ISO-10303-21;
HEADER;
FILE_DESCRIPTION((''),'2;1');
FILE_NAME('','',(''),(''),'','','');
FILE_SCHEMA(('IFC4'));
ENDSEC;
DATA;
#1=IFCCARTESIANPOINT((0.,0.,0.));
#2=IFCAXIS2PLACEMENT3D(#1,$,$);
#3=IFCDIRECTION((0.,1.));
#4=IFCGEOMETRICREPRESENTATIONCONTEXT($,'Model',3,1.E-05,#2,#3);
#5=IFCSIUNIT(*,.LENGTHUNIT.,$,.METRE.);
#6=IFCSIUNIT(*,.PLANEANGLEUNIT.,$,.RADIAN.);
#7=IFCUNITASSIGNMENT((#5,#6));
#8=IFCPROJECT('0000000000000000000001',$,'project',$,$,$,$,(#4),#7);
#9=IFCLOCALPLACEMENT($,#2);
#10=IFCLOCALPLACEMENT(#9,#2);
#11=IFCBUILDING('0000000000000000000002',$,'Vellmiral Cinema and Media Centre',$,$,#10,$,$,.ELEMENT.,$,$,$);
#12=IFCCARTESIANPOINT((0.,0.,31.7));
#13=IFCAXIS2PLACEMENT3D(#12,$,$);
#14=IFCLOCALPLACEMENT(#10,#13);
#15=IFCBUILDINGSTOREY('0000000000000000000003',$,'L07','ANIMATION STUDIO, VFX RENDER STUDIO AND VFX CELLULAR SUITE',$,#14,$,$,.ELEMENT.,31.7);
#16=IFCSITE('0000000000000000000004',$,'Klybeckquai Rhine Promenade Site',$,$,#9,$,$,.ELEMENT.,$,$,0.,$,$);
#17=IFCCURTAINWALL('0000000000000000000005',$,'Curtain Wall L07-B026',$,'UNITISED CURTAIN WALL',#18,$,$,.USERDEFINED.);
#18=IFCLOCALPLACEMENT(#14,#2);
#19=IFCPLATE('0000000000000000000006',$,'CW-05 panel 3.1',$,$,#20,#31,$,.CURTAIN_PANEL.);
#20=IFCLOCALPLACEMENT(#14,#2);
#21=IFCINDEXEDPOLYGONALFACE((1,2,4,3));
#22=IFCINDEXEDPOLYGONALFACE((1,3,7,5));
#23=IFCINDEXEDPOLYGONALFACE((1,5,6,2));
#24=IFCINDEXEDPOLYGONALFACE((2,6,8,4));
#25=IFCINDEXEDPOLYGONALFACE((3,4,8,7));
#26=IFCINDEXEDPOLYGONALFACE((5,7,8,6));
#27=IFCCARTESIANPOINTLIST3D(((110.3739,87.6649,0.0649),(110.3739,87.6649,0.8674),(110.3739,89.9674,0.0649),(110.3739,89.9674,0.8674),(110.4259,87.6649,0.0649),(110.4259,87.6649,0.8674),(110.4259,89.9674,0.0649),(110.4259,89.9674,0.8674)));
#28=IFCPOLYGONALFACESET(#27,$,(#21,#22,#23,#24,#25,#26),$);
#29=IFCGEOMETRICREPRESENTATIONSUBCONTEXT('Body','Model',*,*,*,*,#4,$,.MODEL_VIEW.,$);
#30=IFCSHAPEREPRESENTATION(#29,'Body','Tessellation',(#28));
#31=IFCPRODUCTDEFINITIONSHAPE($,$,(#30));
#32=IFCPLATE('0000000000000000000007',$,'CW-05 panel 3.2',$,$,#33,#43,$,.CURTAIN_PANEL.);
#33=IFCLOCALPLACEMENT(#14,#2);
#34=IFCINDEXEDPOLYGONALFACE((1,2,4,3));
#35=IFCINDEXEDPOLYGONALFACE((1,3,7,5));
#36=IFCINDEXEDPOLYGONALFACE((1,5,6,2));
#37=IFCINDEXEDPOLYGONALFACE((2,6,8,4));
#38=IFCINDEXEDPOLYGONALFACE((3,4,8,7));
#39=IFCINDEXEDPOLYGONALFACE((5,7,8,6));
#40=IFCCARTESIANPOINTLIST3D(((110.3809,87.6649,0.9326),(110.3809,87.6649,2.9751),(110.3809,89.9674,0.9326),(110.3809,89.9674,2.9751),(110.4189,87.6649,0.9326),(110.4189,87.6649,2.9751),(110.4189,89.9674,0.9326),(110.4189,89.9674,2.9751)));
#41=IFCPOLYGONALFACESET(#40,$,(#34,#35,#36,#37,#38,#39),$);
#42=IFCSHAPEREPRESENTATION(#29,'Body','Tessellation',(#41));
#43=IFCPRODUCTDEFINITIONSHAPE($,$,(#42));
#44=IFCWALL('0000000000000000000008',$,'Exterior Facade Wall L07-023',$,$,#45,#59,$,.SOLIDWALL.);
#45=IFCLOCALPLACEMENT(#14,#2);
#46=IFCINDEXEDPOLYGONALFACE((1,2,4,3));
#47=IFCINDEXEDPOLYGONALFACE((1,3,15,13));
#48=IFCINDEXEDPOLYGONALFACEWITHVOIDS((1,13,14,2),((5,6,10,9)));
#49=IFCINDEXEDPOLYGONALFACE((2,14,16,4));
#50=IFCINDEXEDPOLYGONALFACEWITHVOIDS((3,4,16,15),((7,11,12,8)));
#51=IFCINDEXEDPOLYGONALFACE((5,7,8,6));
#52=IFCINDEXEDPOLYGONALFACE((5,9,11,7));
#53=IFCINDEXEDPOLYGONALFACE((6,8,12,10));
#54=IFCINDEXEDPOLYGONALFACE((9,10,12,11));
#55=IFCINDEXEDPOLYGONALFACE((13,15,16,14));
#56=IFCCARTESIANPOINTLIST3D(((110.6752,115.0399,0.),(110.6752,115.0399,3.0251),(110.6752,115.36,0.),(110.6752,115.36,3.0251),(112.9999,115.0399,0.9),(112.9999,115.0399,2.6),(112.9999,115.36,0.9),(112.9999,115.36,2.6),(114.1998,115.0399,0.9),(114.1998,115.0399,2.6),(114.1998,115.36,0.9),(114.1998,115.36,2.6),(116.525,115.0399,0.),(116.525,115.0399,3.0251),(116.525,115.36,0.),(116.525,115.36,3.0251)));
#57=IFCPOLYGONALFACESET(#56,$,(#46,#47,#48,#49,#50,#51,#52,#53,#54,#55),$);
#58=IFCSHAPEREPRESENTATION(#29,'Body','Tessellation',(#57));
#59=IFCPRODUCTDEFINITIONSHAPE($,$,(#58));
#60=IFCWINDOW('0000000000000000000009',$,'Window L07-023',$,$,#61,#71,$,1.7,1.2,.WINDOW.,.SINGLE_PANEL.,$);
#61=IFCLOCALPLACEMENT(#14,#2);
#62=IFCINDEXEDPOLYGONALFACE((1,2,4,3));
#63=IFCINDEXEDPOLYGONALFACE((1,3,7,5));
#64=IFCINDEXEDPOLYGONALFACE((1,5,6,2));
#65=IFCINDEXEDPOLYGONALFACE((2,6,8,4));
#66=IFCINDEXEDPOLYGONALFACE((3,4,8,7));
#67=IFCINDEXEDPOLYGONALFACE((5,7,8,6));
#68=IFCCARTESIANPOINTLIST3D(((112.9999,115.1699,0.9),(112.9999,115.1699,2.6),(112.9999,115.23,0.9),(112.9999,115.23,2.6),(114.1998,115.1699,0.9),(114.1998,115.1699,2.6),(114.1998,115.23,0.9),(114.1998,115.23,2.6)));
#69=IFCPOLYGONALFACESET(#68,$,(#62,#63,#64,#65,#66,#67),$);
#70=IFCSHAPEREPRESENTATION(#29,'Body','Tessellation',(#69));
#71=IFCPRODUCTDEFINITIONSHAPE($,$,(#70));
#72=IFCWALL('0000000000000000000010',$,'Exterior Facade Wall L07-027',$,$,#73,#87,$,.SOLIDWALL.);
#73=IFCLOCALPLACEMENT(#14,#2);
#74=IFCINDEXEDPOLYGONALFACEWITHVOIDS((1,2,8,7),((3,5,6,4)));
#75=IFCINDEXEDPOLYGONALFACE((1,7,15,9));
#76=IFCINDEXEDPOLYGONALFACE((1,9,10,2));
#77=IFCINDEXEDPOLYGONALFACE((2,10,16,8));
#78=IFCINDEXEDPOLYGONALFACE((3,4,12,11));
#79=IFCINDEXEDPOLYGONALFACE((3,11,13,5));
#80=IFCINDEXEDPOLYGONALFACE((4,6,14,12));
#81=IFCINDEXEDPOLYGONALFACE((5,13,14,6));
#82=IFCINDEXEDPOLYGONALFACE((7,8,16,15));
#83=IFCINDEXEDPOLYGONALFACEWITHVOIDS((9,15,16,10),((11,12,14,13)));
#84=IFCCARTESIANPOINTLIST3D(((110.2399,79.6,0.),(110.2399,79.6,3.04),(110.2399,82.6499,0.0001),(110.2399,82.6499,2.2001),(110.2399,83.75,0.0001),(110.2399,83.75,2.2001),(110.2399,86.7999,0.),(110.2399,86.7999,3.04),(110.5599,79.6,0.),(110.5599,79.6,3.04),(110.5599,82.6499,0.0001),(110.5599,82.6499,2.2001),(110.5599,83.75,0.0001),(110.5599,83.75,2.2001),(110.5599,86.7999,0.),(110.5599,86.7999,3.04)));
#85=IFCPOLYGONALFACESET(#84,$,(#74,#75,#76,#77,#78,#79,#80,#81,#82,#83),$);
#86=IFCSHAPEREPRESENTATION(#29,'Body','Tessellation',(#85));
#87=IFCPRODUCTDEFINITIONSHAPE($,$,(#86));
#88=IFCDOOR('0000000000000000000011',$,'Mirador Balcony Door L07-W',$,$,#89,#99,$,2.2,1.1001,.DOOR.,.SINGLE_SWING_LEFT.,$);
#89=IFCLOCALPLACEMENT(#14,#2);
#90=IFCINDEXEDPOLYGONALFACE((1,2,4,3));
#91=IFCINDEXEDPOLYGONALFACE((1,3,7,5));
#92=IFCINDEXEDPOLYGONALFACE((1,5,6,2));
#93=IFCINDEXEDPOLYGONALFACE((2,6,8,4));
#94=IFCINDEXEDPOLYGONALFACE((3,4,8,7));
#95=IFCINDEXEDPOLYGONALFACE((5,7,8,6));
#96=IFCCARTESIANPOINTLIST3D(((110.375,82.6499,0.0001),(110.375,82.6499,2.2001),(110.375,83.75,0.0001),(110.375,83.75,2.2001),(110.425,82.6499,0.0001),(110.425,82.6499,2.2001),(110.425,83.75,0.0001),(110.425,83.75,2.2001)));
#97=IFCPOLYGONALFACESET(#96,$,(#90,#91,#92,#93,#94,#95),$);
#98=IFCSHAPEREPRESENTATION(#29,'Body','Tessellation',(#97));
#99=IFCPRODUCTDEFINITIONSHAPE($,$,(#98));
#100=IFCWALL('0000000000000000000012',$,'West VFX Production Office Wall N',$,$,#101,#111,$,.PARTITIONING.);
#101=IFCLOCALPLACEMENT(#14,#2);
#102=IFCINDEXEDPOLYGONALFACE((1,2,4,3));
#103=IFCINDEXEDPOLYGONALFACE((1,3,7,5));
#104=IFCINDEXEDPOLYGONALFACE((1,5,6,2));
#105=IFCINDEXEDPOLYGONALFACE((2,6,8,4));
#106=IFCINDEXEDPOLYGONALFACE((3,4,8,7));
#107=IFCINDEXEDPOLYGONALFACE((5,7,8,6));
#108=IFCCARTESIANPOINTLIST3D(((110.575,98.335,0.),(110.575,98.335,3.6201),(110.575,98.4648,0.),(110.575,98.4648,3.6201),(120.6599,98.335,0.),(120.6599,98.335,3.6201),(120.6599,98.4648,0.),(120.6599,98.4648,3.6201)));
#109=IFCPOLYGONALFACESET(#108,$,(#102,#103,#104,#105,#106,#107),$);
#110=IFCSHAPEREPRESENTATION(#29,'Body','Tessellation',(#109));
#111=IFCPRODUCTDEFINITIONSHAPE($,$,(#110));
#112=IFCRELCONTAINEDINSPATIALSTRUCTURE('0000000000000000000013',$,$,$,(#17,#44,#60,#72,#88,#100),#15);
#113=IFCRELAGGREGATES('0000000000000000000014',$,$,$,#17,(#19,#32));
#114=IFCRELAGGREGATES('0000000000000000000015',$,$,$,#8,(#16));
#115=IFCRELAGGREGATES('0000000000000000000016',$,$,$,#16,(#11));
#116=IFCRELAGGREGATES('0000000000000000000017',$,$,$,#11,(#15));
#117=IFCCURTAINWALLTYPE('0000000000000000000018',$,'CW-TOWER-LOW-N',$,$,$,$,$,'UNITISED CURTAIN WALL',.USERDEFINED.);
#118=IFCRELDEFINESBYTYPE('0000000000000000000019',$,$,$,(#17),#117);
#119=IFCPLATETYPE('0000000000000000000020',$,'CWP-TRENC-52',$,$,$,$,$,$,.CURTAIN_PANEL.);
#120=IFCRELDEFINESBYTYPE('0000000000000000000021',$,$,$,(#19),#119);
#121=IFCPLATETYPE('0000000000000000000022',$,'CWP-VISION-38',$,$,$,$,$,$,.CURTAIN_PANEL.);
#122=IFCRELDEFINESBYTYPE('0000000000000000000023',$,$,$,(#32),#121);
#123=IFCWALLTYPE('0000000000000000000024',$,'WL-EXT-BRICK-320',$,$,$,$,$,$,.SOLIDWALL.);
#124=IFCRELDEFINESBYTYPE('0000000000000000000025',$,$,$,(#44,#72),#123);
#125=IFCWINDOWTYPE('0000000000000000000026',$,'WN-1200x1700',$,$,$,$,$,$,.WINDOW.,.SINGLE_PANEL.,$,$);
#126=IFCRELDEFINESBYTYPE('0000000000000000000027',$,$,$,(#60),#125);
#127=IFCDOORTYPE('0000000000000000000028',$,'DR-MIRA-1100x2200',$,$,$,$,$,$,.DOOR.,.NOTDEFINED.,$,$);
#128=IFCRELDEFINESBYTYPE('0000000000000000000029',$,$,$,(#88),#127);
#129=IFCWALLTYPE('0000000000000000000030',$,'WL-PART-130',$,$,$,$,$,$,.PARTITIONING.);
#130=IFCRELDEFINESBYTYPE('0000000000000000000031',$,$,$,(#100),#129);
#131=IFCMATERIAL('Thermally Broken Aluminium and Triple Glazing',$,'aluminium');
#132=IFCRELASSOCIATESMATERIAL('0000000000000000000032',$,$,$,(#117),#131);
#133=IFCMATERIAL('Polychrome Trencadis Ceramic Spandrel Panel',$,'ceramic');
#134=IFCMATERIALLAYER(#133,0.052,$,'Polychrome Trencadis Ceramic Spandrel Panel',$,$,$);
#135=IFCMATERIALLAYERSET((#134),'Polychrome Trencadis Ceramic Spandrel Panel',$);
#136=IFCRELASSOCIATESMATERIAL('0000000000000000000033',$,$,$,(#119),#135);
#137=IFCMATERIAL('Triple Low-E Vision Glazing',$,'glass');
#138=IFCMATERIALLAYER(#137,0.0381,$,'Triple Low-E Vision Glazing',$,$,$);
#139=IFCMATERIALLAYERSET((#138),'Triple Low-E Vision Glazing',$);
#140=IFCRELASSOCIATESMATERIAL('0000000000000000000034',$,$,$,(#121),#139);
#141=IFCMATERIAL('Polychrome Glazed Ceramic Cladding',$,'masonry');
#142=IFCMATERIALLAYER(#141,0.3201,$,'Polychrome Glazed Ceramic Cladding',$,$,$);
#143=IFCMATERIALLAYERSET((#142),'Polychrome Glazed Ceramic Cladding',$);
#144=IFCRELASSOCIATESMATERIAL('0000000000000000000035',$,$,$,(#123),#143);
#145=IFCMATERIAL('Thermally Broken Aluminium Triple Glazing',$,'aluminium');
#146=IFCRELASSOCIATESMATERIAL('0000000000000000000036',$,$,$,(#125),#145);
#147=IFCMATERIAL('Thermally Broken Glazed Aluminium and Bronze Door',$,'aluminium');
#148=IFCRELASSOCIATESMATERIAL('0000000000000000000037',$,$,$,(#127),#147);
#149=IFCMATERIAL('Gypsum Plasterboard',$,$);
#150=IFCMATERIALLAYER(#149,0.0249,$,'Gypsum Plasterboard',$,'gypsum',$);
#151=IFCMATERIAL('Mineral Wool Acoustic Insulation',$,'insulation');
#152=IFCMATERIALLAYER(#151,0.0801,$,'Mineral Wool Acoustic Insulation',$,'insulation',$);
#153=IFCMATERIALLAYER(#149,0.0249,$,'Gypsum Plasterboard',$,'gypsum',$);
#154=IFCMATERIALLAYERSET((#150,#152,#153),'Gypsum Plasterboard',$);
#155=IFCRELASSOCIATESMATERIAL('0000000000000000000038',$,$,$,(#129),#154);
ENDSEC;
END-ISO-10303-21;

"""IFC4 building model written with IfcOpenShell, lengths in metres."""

from ifc_helpers import new_model, si_unit, direction, frame, frame_2d, origin, origin_2d, place, context, subcontext, project, spatial, rectangle, extrude, material, layer, layer_set, type_object, element, fill, aggregate, save


model = new_model("IFC4")

# Units and contexts
model_context = context("Model", 3, precision=1e-05, world=origin(), true_north=direction((0.0, 1.0)))
body_context = subcontext(model_context, "Body", "Model", "MODEL_VIEW")
ifc_project = project(units=[si_unit("LENGTHUNIT", "METRE"), si_unit("PLANEANGLEUNIT", "RADIAN")], contexts=[model_context])

# Site, building, storey
site_placement = place(None, origin())
site = spatial("IfcSite", under=ifc_project, at=site_placement, Name="Klybeckquai Rhine Promenade Site", CompositionType="ELEMENT", RefElevation=0.0)
building_placement = place(site_placement, origin())
building = spatial("IfcBuilding", under=site, at=building_placement, Name="Vellmiral Cinema and Media Centre", CompositionType="ELEMENT")
storey_placement = place(building_placement, frame((0.0, 0.0, 31.7)))
storey = spatial("IfcBuildingStorey", under=building, at=storey_placement, Name="L07", Description="ANIMATION STUDIO, VFX RENDER STUDIO AND VFX CELLULAR SUITE", CompositionType="ELEMENT", Elevation=31.7)

# Shared definitions
ifc_material_1 = material(Name="Thermally Broken Aluminium and Triple Glazing", Category="aluminium")
curtain_wall_type_1 = type_object("IfcCurtainWallType", Name="CW-TOWER-LOW-N", ElementType="UNITISED CURTAIN WALL", PredefinedType="USERDEFINED", material=ifc_material_1)

# Curtain wall
curtain_wall_1_placement = place(storey_placement, origin())
curtain_wall_1 = element("IfcCurtainWall", 1, at=curtain_wall_1_placement, inside=storey, type_object=curtain_wall_type_1, Name="Curtain Wall L07-B026", ObjectType="UNITISED CURTAIN WALL", PredefinedType="USERDEFINED")

# Plates
ifc_material_2 = material(Name="Polychrome Trencadis Ceramic Spandrel Panel", Category="ceramic")
ifc_layer_1 = layer(ifc_material_2, 0.052, Name="Polychrome Trencadis Ceramic Spandrel Panel")
ifc_layer_set_1 = layer_set([ifc_layer_1], Name="Polychrome Trencadis Ceramic Spandrel Panel")
plate_type_1 = type_object("IfcPlateType", Name="CWP-TRENC-52", PredefinedType="CURTAIN_PANEL", material=ifc_layer_set_1)
plate_1_placement = place(storey_placement, frame((110.3999, 88.8162, 0.0649), z_axis=(0.0, 0.0, 1.0), x_axis=(0.0, -1.0, 0.0)))
plate_1 = element("IfcPlate", 2, at=plate_1_placement, type_object=plate_type_1, Name="CW-05 panel 3.1", PredefinedType="CURTAIN_PANEL", context=body_context, shape_type="SweptSolid", body=[
    extrude(rectangle(XDim=2.3025, YDim=0.052, at=origin_2d()), origin(), (0.0, 0.0, 1.0), 0.8025),
])
ifc_material_3 = material(Name="Triple Low-E Vision Glazing", Category="glass")
ifc_layer_2 = layer(ifc_material_3, 0.0381, Name="Triple Low-E Vision Glazing")
ifc_layer_set_2 = layer_set([ifc_layer_2], Name="Triple Low-E Vision Glazing")
plate_type_2 = type_object("IfcPlateType", Name="CWP-VISION-38", PredefinedType="CURTAIN_PANEL", material=ifc_layer_set_2)
plate_2_placement = place(storey_placement, frame((110.3999, 88.8162, 0.9326), z_axis=(0.0, 0.0, 1.0), x_axis=(0.0, -1.0, 0.0)))
plate_2 = element("IfcPlate", 3, at=plate_2_placement, type_object=plate_type_2, Name="CW-05 panel 3.2", PredefinedType="CURTAIN_PANEL", context=body_context, shape_type="SweptSolid", body=[
    extrude(rectangle(XDim=2.3025, YDim=0.0381, at=origin_2d()), origin(), (0.0, 0.0, 1.0), 2.0425),
])
aggregate(curtain_wall_1, [plate_1, plate_2])

# Wall, opening, window
ifc_material_4 = material(Name="Polychrome Glazed Ceramic Cladding", Category="masonry")
ifc_layer_3 = layer(ifc_material_4, 0.3201, Name="Polychrome Glazed Ceramic Cladding")
ifc_layer_set_3 = layer_set([ifc_layer_3], Name="Polychrome Glazed Ceramic Cladding")
wall_type_1 = type_object("IfcWallType", Name="WL-EXT-BRICK-320", PredefinedType="SOLIDWALL", material=ifc_layer_set_3)
wall_1_placement = place(storey_placement, frame((116.5249, 115.2, 0.0), z_axis=(0.0, 0.0, 1.0), x_axis=(-1.0, 0.0, 0.0)))
wall_1 = element("IfcWall", 4, at=wall_1_placement, inside=storey, type_object=wall_type_1, Name="Exterior Facade Wall L07-023", PredefinedType="SOLIDWALL", context=body_context, shape_type="SweptSolid", body=[
    extrude(rectangle(XDim=5.8499, YDim=0.3201, at=frame_2d((2.9248, 0.0))), origin(), (0.0, 0.0, 1.0), 3.0251),
])
opening_1_placement = place(wall_1_placement, frame((2.325, 0.0, 0.8999)))
opening_1 = element("IfcOpeningElement", 5, at=opening_1_placement, cuts=wall_1, PredefinedType="OPENING", context=body_context, shape_type="SweptSolid", body=[
    extrude(rectangle(XDim=1.2, YDim=1.7, at=frame_2d((0.6001, 0.8501))), frame((0.0, 0.1719, 0.0), z_axis=(0.0, -1.0, 0.0), x_axis=(1.0, 0.0, 0.0)), (0.0, 0.0, 1.0), 0.344),
])
ifc_material_5 = material(Name="Thermally Broken Aluminium Triple Glazing", Category="aluminium")
window_type = type_object("IfcWindowType", Name="WN-1200x1700", PartitioningType="SINGLE_PANEL", PredefinedType="WINDOW", material=ifc_material_5)
window_placement = place(opening_1_placement, origin())
window = element("IfcWindow", 6, at=window_placement, inside=storey, type_object=window_type, Name="Window L07-023", OverallHeight=1.7, OverallWidth=1.2, PartitioningType="SINGLE_PANEL", PredefinedType="WINDOW", context=body_context, shape_type="SweptSolid", body=[
    extrude(rectangle(XDim=1.2, YDim=1.7, at=frame_2d((0.6001, 0.8501))), frame((0.0, 0.03, 0.0), z_axis=(0.0, -1.0, 0.0), x_axis=(1.0, 0.0, 0.0)), (0.0, 0.0, 1.0), 0.0601),
])
fill(opening_1, window)

# Wall, opening, door
wall_2_placement = place(storey_placement, frame((110.3999, 86.8, 0.0), z_axis=(0.0, 0.0, 1.0), x_axis=(0.0, -1.0, 0.0)))
wall_2 = element("IfcWall", 7, at=wall_2_placement, inside=storey, type_object=wall_type_1, Name="Exterior Facade Wall L07-027", PredefinedType="SOLIDWALL", context=body_context, shape_type="SweptSolid", body=[
    extrude(rectangle(XDim=7.2, YDim=0.3201, at=frame_2d((3.6001, 0.0))), origin(), (0.0, 0.0, 1.0), 3.04),
])
opening_2_placement = place(wall_2_placement, frame((3.05, 0.0, 0.0)))
opening_2 = element("IfcOpeningElement", 8, at=opening_2_placement, cuts=wall_2, PredefinedType="OPENING", context=body_context, shape_type="SweptSolid", body=[
    extrude(rectangle(XDim=1.1001, YDim=2.2, at=frame_2d((0.55, 1.1001))), frame((0.0, 0.1719, 0.0), z_axis=(0.0, -1.0, 0.0), x_axis=(1.0, 0.0, 0.0)), (0.0, 0.0, 1.0), 0.344),
])
ifc_material_6 = material(Name="Thermally Broken Glazed Aluminium and Bronze Door", Category="aluminium")
door_type = type_object("IfcDoorType", Name="DR-MIRA-1100x2200", OperationType="NOTDEFINED", PredefinedType="DOOR", material=ifc_material_6)
door_placement = place(opening_2_placement, frame((1.1001, 0.0, 0.0), z_axis=(0.0, 0.0, 1.0), x_axis=(-1.0, 0.0, 0.0)))
door = element("IfcDoor", 9, at=door_placement, inside=storey, type_object=door_type, Name="Mirador Balcony Door L07-W", OperationType="SINGLE_SWING_LEFT", OverallHeight=2.2, OverallWidth=1.1001, PredefinedType="DOOR", context=body_context, shape_type="SweptSolid", body=[
    extrude(rectangle(XDim=1.1001, YDim=2.2, at=frame_2d((0.55, 1.1001))), frame((0.0, 0.0249, 0.0), z_axis=(0.0, -1.0, 0.0), x_axis=(1.0, 0.0, 0.0)), (0.0, 0.0, 1.0), 0.05),
])
fill(opening_2, door)

# Wall
ifc_material_7 = material(Name="Gypsum Plasterboard")
ifc_layer_4 = layer(ifc_material_7, 0.0249, Name="Gypsum Plasterboard", Category="gypsum")
ifc_material_8 = material(Name="Mineral Wool Acoustic Insulation", Category="insulation")
ifc_layer_5 = layer(ifc_material_8, 0.0801, Name="Mineral Wool Acoustic Insulation", Category="insulation")
ifc_layer_6 = layer(ifc_material_7, 0.0249, Name="Gypsum Plasterboard", Category="gypsum")
ifc_layer_set_4 = layer_set([ifc_layer_4, ifc_layer_5, ifc_layer_6], Name="Gypsum Plasterboard")
wall_type_2 = type_object("IfcWallType", Name="WL-PART-130", PredefinedType="PARTITIONING", material=ifc_layer_set_4)
wall_3_placement = place(storey_placement, frame((110.575, 98.3999, 0.0), z_axis=(0.0, 0.0, 1.0), x_axis=(1.0, 0.0, 0.0)))
element("IfcWall", 10, at=wall_3_placement, inside=storey, type_object=wall_type_2, Name="West VFX Production Office Wall N", PredefinedType="PARTITIONING", context=body_context, shape_type="SweptSolid", body=[
    extrude(rectangle(XDim=10.085, YDim=0.1299, at=frame_2d((5.0425, 0.0))), origin(), (0.0, 0.0, 1.0), 3.6201),
])

save(model, "model.ifc")
